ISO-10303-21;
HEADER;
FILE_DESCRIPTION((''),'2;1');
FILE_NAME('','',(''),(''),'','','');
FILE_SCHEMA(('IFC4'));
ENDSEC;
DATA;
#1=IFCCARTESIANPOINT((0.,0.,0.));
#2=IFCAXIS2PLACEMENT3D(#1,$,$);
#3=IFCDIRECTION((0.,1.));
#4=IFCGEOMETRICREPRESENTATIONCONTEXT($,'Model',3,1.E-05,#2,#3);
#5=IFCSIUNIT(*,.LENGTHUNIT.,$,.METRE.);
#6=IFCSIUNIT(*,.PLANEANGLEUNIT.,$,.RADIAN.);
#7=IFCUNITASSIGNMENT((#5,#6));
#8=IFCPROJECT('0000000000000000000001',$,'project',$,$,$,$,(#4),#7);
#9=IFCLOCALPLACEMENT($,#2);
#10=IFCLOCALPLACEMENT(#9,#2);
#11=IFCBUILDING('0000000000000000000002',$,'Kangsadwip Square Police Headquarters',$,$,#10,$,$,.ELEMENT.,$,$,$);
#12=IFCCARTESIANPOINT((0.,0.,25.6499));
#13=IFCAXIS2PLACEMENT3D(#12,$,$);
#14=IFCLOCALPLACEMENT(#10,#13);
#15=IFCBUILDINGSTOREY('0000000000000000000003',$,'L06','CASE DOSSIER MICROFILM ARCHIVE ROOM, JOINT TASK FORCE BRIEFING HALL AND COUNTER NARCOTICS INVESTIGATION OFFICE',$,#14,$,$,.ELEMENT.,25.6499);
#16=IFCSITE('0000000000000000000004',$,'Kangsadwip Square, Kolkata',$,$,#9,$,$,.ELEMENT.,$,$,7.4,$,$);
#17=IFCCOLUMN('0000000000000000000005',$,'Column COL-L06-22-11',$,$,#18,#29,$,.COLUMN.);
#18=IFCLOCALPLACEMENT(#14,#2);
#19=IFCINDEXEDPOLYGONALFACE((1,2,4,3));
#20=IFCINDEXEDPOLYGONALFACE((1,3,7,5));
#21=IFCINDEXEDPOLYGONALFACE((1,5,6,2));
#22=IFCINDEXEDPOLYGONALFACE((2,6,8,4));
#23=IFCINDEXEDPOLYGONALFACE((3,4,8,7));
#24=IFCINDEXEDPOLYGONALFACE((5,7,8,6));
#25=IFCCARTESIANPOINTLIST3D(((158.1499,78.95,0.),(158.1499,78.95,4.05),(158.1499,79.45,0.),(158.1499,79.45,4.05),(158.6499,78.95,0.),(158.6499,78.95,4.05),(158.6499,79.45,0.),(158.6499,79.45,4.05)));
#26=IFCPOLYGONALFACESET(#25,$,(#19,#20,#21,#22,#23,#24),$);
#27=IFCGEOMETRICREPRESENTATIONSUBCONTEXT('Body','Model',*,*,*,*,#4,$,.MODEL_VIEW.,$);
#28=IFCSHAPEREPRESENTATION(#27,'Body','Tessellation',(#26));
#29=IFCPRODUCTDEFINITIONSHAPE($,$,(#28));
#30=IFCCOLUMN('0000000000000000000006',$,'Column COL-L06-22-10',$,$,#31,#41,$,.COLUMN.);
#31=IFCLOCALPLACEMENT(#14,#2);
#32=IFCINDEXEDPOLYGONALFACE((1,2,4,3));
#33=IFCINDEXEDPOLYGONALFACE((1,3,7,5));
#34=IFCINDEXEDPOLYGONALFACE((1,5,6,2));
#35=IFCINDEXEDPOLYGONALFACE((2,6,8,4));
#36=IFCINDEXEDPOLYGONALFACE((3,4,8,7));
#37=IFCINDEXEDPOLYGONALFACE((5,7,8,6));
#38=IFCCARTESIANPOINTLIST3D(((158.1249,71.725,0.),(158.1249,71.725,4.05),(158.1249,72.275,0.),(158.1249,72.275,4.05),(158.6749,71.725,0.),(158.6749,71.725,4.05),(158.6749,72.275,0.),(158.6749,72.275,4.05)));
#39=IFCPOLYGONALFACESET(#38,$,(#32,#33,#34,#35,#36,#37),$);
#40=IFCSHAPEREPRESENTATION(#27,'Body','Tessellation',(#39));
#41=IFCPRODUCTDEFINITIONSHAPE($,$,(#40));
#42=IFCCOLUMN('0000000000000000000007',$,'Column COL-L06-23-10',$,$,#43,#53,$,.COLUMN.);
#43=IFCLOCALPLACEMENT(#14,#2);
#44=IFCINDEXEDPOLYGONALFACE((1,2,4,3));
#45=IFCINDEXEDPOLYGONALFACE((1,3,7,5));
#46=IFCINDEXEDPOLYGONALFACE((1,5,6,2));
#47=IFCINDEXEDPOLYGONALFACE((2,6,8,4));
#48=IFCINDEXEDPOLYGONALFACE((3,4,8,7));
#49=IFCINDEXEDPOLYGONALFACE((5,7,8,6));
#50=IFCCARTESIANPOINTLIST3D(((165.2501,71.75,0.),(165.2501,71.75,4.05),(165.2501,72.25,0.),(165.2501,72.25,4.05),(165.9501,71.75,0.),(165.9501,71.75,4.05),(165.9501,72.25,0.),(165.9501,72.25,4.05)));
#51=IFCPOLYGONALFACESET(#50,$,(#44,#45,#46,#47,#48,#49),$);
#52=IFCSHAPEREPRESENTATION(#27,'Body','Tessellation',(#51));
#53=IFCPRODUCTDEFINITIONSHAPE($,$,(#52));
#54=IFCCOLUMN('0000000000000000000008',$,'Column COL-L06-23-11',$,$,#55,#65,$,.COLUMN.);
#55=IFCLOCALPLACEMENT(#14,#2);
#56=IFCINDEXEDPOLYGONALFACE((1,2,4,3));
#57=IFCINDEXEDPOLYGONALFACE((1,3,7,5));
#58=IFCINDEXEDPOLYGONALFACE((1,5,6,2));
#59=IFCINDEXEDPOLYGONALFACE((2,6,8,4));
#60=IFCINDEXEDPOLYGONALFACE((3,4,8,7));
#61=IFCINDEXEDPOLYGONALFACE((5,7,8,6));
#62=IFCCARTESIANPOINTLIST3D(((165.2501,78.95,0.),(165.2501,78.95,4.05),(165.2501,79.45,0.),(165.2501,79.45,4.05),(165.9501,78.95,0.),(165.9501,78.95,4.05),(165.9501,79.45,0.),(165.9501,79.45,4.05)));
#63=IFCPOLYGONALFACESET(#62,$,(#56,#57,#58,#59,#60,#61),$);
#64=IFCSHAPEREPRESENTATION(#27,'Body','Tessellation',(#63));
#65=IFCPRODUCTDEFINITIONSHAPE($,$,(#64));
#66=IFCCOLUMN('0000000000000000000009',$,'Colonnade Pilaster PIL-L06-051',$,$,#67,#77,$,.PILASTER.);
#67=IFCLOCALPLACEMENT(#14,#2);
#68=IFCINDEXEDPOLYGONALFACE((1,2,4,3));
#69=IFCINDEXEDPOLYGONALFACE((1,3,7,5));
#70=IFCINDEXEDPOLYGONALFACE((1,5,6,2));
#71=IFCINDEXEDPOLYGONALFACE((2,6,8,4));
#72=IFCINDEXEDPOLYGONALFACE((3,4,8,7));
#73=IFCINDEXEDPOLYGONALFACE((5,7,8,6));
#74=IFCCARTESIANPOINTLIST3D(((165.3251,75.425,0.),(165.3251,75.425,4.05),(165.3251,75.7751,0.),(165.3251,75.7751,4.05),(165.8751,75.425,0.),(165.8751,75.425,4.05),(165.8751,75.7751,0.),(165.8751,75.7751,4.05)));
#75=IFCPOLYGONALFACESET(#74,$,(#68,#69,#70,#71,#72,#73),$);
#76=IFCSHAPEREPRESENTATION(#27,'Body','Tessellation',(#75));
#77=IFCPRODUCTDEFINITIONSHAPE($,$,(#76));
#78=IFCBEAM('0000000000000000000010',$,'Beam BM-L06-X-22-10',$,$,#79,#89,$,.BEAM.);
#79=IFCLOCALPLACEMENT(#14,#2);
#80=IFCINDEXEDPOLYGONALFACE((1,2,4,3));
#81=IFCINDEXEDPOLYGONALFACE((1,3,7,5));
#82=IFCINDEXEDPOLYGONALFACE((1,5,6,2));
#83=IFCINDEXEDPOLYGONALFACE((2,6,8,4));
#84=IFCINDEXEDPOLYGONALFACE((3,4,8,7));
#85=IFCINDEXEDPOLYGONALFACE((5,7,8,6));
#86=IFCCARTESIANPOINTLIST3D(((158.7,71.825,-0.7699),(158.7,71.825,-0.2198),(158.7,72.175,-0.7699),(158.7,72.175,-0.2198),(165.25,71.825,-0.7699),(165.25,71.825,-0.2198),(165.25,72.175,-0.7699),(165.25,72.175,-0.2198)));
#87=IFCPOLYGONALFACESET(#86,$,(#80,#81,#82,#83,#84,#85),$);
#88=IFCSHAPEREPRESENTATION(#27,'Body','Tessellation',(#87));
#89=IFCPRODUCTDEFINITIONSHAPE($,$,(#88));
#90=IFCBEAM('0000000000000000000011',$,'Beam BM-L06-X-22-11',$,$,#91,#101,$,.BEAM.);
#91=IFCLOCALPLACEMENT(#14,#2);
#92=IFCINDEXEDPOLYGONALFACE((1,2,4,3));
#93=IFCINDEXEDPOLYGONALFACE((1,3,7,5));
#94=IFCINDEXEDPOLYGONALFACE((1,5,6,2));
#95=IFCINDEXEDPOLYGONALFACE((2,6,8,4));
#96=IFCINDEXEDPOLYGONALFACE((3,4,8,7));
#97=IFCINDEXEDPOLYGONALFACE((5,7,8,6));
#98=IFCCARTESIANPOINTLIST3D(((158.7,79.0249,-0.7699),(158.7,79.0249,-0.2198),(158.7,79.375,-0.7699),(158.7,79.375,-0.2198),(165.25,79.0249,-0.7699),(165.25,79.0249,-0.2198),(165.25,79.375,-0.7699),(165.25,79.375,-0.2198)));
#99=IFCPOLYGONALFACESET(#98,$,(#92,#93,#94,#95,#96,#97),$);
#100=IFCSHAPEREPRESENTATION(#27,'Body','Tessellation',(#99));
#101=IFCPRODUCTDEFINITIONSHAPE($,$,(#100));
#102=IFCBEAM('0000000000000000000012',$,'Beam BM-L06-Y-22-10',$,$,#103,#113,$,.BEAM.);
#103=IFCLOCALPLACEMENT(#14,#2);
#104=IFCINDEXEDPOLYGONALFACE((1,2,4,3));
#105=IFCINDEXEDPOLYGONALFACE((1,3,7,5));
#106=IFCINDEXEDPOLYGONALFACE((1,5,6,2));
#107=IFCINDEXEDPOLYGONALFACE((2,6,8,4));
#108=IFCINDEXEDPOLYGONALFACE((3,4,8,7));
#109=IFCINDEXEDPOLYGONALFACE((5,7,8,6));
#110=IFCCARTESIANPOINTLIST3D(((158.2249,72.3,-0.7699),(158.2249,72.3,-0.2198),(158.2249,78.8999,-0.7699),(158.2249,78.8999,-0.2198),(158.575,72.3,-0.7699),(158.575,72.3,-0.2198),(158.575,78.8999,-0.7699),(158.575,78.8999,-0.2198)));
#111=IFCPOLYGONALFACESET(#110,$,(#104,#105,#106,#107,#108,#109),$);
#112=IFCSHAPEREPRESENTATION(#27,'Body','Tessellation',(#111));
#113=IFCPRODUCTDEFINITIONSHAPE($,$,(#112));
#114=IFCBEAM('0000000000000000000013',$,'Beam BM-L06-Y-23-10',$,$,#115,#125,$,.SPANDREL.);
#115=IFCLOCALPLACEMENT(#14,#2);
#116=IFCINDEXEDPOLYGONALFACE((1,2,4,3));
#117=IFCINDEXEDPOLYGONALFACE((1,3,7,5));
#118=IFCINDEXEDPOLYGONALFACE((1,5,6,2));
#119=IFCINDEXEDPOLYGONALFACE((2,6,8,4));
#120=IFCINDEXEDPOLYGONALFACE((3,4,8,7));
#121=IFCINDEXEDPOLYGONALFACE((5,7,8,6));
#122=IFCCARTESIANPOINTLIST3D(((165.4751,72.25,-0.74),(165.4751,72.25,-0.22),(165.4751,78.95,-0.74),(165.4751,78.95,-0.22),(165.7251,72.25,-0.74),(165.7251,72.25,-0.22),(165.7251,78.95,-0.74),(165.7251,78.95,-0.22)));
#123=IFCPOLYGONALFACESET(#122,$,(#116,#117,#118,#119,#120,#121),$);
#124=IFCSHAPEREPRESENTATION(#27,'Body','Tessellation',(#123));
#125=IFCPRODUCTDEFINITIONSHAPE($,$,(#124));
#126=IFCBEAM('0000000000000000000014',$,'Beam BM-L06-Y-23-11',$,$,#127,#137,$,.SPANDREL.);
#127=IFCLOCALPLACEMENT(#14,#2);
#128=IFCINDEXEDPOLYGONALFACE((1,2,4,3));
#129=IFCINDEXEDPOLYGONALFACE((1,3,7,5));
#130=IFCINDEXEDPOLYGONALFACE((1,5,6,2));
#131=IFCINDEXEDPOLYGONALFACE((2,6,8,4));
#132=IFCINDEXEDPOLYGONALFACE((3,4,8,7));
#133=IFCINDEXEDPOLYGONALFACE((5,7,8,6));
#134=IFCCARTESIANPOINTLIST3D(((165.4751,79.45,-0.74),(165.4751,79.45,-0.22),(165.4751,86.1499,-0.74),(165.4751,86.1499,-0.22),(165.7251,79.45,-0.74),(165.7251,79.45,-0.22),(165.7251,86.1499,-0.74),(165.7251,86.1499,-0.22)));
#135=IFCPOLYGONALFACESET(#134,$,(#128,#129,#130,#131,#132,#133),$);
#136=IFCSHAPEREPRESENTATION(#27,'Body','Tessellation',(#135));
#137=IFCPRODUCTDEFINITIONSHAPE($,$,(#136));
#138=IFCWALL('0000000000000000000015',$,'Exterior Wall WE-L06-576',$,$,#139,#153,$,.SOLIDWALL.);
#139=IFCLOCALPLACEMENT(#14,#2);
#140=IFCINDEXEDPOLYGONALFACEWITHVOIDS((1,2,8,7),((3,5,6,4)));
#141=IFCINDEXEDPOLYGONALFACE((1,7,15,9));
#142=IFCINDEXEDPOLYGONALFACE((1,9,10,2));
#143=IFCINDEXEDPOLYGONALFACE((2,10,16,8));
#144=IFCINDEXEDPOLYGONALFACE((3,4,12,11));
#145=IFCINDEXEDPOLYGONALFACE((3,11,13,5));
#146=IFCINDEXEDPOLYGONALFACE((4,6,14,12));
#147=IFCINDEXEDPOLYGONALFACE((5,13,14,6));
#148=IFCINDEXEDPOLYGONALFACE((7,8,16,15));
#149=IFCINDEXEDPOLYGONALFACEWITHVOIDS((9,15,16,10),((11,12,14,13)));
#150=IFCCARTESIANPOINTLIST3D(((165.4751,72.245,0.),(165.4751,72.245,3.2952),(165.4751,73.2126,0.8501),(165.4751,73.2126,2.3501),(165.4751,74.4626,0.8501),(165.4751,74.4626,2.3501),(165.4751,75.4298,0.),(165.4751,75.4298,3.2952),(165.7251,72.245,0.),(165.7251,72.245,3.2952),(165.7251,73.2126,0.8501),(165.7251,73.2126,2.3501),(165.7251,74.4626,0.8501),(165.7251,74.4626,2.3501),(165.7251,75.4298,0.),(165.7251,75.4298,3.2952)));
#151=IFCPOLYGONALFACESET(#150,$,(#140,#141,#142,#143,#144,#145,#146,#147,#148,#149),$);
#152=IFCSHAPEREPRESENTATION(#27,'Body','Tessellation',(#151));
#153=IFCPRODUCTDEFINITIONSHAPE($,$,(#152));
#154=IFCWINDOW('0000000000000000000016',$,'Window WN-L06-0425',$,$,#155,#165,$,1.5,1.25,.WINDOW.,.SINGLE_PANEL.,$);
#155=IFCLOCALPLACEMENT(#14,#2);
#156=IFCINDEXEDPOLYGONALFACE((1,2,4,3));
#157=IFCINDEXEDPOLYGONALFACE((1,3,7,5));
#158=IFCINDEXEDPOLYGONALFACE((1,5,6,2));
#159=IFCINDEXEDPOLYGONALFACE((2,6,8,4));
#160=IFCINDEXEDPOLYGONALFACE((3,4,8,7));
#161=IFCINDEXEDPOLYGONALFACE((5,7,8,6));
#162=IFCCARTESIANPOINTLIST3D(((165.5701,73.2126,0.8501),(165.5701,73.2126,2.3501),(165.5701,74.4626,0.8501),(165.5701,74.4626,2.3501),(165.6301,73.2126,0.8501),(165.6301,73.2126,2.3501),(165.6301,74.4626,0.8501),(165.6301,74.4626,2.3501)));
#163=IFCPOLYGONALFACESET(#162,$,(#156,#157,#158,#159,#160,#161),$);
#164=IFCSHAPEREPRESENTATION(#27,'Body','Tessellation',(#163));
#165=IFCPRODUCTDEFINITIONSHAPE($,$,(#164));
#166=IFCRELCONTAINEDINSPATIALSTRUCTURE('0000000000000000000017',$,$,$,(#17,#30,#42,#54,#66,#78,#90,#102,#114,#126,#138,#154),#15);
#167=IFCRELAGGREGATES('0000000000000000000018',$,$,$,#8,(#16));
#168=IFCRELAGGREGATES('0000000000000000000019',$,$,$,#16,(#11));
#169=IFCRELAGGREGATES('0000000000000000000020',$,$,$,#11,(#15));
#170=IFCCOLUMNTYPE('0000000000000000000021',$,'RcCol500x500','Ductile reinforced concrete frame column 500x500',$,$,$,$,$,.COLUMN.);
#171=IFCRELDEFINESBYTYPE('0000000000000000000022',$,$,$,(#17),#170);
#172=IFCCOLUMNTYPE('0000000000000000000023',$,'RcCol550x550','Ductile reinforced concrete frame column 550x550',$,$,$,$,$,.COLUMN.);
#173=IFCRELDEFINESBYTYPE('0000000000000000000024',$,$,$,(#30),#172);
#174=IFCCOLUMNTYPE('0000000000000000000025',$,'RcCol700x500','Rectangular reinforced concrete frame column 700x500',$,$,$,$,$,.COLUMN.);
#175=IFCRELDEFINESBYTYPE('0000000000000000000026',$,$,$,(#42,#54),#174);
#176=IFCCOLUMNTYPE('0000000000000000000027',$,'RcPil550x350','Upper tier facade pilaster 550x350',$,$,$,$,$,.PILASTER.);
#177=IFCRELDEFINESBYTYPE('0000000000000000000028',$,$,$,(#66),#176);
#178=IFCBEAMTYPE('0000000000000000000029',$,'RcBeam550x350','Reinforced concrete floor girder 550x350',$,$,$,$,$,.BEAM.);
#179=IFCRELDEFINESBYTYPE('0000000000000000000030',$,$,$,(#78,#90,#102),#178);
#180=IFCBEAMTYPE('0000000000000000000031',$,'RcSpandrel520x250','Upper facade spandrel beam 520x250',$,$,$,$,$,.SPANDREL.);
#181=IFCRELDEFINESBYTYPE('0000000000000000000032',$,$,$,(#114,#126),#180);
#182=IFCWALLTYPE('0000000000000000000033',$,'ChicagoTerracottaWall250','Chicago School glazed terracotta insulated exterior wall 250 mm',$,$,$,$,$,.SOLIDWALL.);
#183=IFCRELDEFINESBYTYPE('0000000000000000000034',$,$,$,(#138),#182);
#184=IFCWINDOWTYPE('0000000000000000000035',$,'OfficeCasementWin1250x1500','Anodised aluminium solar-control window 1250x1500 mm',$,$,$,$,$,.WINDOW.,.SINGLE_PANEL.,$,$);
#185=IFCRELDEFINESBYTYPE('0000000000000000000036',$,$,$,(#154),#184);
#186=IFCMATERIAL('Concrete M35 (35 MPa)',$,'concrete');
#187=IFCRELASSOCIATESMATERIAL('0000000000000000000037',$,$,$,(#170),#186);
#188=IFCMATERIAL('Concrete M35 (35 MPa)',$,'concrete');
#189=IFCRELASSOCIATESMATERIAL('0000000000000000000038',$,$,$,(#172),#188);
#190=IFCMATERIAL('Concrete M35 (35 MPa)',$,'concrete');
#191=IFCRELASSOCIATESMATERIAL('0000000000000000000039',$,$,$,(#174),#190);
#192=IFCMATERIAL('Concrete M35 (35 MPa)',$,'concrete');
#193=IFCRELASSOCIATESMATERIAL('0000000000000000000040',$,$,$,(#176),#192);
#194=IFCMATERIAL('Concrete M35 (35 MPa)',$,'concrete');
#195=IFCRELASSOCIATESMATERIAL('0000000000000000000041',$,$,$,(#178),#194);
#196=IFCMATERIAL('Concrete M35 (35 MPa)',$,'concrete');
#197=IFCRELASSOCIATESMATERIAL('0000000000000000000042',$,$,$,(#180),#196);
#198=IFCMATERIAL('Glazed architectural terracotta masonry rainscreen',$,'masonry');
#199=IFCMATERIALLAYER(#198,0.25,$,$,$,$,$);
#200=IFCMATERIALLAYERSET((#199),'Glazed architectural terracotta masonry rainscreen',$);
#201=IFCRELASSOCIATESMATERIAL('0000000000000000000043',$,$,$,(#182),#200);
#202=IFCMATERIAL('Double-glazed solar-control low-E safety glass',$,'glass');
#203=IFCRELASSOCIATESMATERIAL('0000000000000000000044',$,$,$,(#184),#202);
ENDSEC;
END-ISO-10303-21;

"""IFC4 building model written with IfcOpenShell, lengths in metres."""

from ifc_helpers import new_model, si_unit, direction, frame, frame_2d, origin, origin_2d, place, context, subcontext, project, spatial, rectangle, extrude, material, layer, layer_set, material_profile, profile_set, type_object, element, fill, save


model = new_model("IFC4")

# Units and contexts
model_context = context("Model", 3, precision=1e-05, world=origin(), true_north=direction((0.0, 1.0)))
body_context = subcontext(model_context, "Body", "Model", "MODEL_VIEW")
ifc_project = project(units=[si_unit("LENGTHUNIT", "METRE"), si_unit("PLANEANGLEUNIT", "RADIAN")], contexts=[model_context])

# Site, building, storey
site_placement = place(None, origin())
site = spatial("IfcSite", under=ifc_project, at=site_placement, Name="Kangsadwip Square, Kolkata", CompositionType="ELEMENT", RefElevation=7.4)
building_placement = place(site_placement, origin())
building = spatial("IfcBuilding", under=site, at=building_placement, Name="Kangsadwip Square Police Headquarters", CompositionType="ELEMENT")
storey_placement = place(building_placement, frame((0.0, 0.0, 25.6499)))
storey = spatial("IfcBuildingStorey", under=building, at=storey_placement, Name="L06", Description="CASE DOSSIER MICROFILM ARCHIVE ROOM, JOINT TASK FORCE BRIEFING HALL AND COUNTER NARCOTICS INVESTIGATION OFFICE", CompositionType="ELEMENT", Elevation=25.6499)

# Columns
ifc_material_1 = material(Name="Concrete M35 (35 MPa)", Category="concrete")
ifc_material_profile_1 = material_profile(ifc_material_1, rectangle(XDim=0.5, YDim=0.5, at=origin_2d()), Name="RC COL 500X500")
ifc_profile_set_1 = profile_set([ifc_material_profile_1], Name="Concrete M35 (35 MPa)")
column_type_1 = type_object("IfcColumnType", Name="RcCol500x500", Description="Ductile reinforced concrete frame column 500x500", PredefinedType="COLUMN", material=ifc_profile_set_1)
column_1_placement = place(storey_placement, frame((158.3999, 79.2, 0.0), z_axis=(0.0, 0.0, 1.0), x_axis=(1.0, 0.0, 0.0)))
element("IfcColumn", 1, at=column_1_placement, inside=storey, type_object=column_type_1, Name="Column COL-L06-22-11", PredefinedType="COLUMN", context=body_context, shape_type="SweptSolid", body=[
    extrude(rectangle(XDim=0.5, YDim=0.5, at=origin_2d()), origin(), (0.0, 0.0, 1.0), 4.05),
])
ifc_material_2 = material(Name="Concrete M35 (35 MPa)", Category="concrete")
ifc_material_profile_2 = material_profile(ifc_material_2, rectangle(XDim=0.55, YDim=0.55, at=origin_2d()), Name="RC COL 550X550")
ifc_profile_set_2 = profile_set([ifc_material_profile_2], Name="Concrete M35 (35 MPa)")
column_type_2 = type_object("IfcColumnType", Name="RcCol550x550", Description="Ductile reinforced concrete frame column 550x550", PredefinedType="COLUMN", material=ifc_profile_set_2)
column_2_placement = place(storey_placement, frame((158.3999, 72.0, 0.0), z_axis=(0.0, 0.0, 1.0), x_axis=(1.0, 0.0, 0.0)))
element("IfcColumn", 2, at=column_2_placement, inside=storey, type_object=column_type_2, Name="Column COL-L06-22-10", PredefinedType="COLUMN", context=body_context, shape_type="SweptSolid", body=[
    extrude(rectangle(XDim=0.55, YDim=0.55, at=origin_2d()), origin(), (0.0, 0.0, 1.0), 4.05),
])
ifc_material_3 = material(Name="Concrete M35 (35 MPa)", Category="concrete")
ifc_material_profile_3 = material_profile(ifc_material_3, rectangle(XDim=0.5, YDim=0.7, at=origin_2d()), Name="RC COL 700X500")
ifc_profile_set_3 = profile_set([ifc_material_profile_3], Name="Concrete M35 (35 MPa)")
column_type_3 = type_object("IfcColumnType", Name="RcCol700x500", Description="Rectangular reinforced concrete frame column 700x500", PredefinedType="COLUMN", material=ifc_profile_set_3)
for number, where, z_axis, x_axis, name in (
    (3, (165.6001, 72.0, 0.0), (0.0, 0.0, 1.0), (0.0, 1.0, 0.0), "Column COL-L06-23-10"),
    (4, (165.6001, 79.2, 0.0), (0.0, 0.0, 1.0), (0.0, 1.0, 0.0), "Column COL-L06-23-11"),
):
    element("IfcColumn", number, at=place(storey_placement, frame(where, z_axis=z_axis, x_axis=x_axis)), inside=storey, type_object=column_type_3, Name=name, PredefinedType="COLUMN", context=body_context, shape_type="SweptSolid", body=[
        extrude(rectangle(XDim=0.5, YDim=0.7, at=origin_2d()), origin(), (0.0, 0.0, 1.0), 4.05),
    ])
ifc_material_4 = material(Name="Concrete M35 (35 MPa)", Category="concrete")
ifc_material_profile_4 = material_profile(ifc_material_4, rectangle(XDim=0.3501, YDim=0.55, at=origin_2d()), Name="RC PIL 550X350")
ifc_profile_set_4 = profile_set([ifc_material_profile_4], Name="Concrete M35 (35 MPa)")
column_type_4 = type_object("IfcColumnType", Name="RcPil550x350", Description="Upper tier facade pilaster 550x350", PredefinedType="PILASTER", material=ifc_profile_set_4)
column_3_placement = place(storey_placement, frame((165.6001, 75.6001, 0.0), z_axis=(0.0, 0.0, 1.0), x_axis=(0.0, 1.0, 0.0)))
element("IfcColumn", 5, at=column_3_placement, inside=storey, type_object=column_type_4, Name="Colonnade Pilaster PIL-L06-051", PredefinedType="PILASTER", context=body_context, shape_type="SweptSolid", body=[
    extrude(rectangle(XDim=0.3501, YDim=0.55, at=origin_2d()), origin(), (0.0, 0.0, 1.0), 4.05),
])

# Beams
ifc_material_5 = material(Name="Concrete M35 (35 MPa)", Category="concrete")
ifc_material_profile_5 = material_profile(ifc_material_5, rectangle(XDim=0.3501, YDim=0.55, at=origin_2d()), Name="RC BM 550X350")
ifc_profile_set_5 = profile_set([ifc_material_profile_5], Name="Concrete M35 (35 MPa)")
beam_type_1 = type_object("IfcBeamType", Name="RcBeam550x350", Description="Reinforced concrete floor girder 550x350", PredefinedType="BEAM", material=ifc_profile_set_5)
for number, where, z_axis, x_axis, name in (
    (6, (158.7, 72.0, -0.4949), (1.0, 0.0, 0.0), (0.0, 1.0, 0.0), "Beam BM-L06-X-22-10"),
    (7, (158.7, 79.2, -0.4949), (1.0, 0.0, 0.0), (0.0, 1.0, 0.0), "Beam BM-L06-X-22-11"),
):
    element("IfcBeam", number, at=place(storey_placement, frame(where, z_axis=z_axis, x_axis=x_axis)), inside=storey, type_object=beam_type_1, Name=name, PredefinedType="BEAM", context=body_context, shape_type="SweptSolid", body=[
        extrude(rectangle(XDim=0.3501, YDim=0.55, at=origin_2d()), origin(), (0.0, 0.0, 1.0), 6.55),
    ])
beam_placement = place(storey_placement, frame((158.3999, 72.3, -0.4949), z_axis=(0.0, 1.0, 0.0), x_axis=(-1.0, 0.0, 0.0)))
element("IfcBeam", 8, at=beam_placement, inside=storey, type_object=beam_type_1, Name="Beam BM-L06-Y-22-10", PredefinedType="BEAM", context=body_context, shape_type="SweptSolid", body=[
    extrude(rectangle(XDim=0.3501, YDim=0.55, at=origin_2d()), origin(), (0.0, 0.0, 1.0), 6.5999),
])
ifc_material_6 = material(Name="Concrete M35 (35 MPa)", Category="concrete")
ifc_material_profile_6 = material_profile(ifc_material_6, rectangle(XDim=0.25, YDim=0.52, at=origin_2d()), Name="RC SPN 520X250")
ifc_profile_set_6 = profile_set([ifc_material_profile_6], Name="Concrete M35 (35 MPa)")
beam_type_2 = type_object("IfcBeamType", Name="RcSpandrel520x250", Description="Upper facade spandrel beam 520x250", PredefinedType="SPANDREL", material=ifc_profile_set_6)
for number, where, z_axis, x_axis, name in (
    (9, (165.6001, 72.25, -0.48), (0.0, 1.0, 0.0), (-1.0, 0.0, 0.0), "Beam BM-L06-Y-23-10"),
    (10, (165.6001, 79.45, -0.48), (0.0, 1.0, 0.0), (-1.0, 0.0, 0.0), "Beam BM-L06-Y-23-11"),
):
    element("IfcBeam", number, at=place(storey_placement, frame(where, z_axis=z_axis, x_axis=x_axis)), inside=storey, type_object=beam_type_2, Name=name, PredefinedType="SPANDREL", context=body_context, shape_type="SweptSolid", body=[
        extrude(rectangle(XDim=0.25, YDim=0.52, at=origin_2d()), origin(), (0.0, 0.0, 1.0), 6.7),
    ])

# Wall, opening, window
ifc_material_7 = material(Name="Glazed architectural terracotta masonry rainscreen", Category="masonry")
ifc_layer_1 = layer(ifc_material_7, 0.25)
ifc_layer_set_1 = layer_set([ifc_layer_1], Name="Glazed architectural terracotta masonry rainscreen")
wall_type_1 = type_object("IfcWallType", Name="ChicagoTerracottaWall250", Description="Chicago School glazed terracotta insulated exterior wall 250 mm", PredefinedType="SOLIDWALL", material=ifc_layer_set_1)
wall_1_placement = place(storey_placement, frame((165.6001, 72.2451, 0.0), z_axis=(0.0, 0.0, 1.0), x_axis=(0.0, 1.0, 0.0)))
wall_1 = element("IfcWall", 11, at=wall_1_placement, inside=storey, type_object=wall_type_1, Name="Exterior Wall WE-L06-576", PredefinedType="SOLIDWALL", context=body_context, shape_type="SweptSolid", body=[
    extrude(rectangle(XDim=3.1848, YDim=0.25, at=frame_2d((1.5923, 0.0))), origin(), (0.0, 0.0, 1.0), 3.2952),
])
opening_1_placement = place(wall_1_placement, frame((0.9675, 0.0, 0.8501)))
opening_1 = element("IfcOpeningElement", 12, at=opening_1_placement, cuts=wall_1, PredefinedType="OPENING", context=body_context, shape_type="SweptSolid", body=[
    extrude(rectangle(XDim=1.25, YDim=1.5, at=frame_2d((0.625, 0.75))), frame((0.0, 0.135, 0.0), z_axis=(0.0, -1.0, 0.0), x_axis=(1.0, 0.0, 0.0)), (0.0, 0.0, 1.0), 0.27),
])
ifc_material_8 = material(Name="Double-glazed solar-control low-E safety glass", Category="glass")
window_type_1 = type_object("IfcWindowType", Name="OfficeCasementWin1250x1500", Description="Anodised aluminium solar-control window 1250x1500 mm", PartitioningType="SINGLE_PANEL", PredefinedType="WINDOW", material=ifc_material_8)
window_1_placement = place(opening_1_placement, origin())
window_1 = element("IfcWindow", 13, at=window_1_placement, inside=storey, type_object=window_type_1, Name="Window WN-L06-0425", OverallHeight=1.5, OverallWidth=1.25, PartitioningType="SINGLE_PANEL", PredefinedType="WINDOW", context=body_context, shape_type="SweptSolid", body=[
    extrude(rectangle(XDim=1.25, YDim=1.5, at=frame_2d((0.625, 0.75))), frame((0.0, 0.03, 0.0), z_axis=(0.0, -1.0, 0.0), x_axis=(1.0, 0.0, 0.0)), (0.0, 0.0, 1.0), 0.0601),
])
fill(opening_1, window_1)

save(model, "model.ifc")
